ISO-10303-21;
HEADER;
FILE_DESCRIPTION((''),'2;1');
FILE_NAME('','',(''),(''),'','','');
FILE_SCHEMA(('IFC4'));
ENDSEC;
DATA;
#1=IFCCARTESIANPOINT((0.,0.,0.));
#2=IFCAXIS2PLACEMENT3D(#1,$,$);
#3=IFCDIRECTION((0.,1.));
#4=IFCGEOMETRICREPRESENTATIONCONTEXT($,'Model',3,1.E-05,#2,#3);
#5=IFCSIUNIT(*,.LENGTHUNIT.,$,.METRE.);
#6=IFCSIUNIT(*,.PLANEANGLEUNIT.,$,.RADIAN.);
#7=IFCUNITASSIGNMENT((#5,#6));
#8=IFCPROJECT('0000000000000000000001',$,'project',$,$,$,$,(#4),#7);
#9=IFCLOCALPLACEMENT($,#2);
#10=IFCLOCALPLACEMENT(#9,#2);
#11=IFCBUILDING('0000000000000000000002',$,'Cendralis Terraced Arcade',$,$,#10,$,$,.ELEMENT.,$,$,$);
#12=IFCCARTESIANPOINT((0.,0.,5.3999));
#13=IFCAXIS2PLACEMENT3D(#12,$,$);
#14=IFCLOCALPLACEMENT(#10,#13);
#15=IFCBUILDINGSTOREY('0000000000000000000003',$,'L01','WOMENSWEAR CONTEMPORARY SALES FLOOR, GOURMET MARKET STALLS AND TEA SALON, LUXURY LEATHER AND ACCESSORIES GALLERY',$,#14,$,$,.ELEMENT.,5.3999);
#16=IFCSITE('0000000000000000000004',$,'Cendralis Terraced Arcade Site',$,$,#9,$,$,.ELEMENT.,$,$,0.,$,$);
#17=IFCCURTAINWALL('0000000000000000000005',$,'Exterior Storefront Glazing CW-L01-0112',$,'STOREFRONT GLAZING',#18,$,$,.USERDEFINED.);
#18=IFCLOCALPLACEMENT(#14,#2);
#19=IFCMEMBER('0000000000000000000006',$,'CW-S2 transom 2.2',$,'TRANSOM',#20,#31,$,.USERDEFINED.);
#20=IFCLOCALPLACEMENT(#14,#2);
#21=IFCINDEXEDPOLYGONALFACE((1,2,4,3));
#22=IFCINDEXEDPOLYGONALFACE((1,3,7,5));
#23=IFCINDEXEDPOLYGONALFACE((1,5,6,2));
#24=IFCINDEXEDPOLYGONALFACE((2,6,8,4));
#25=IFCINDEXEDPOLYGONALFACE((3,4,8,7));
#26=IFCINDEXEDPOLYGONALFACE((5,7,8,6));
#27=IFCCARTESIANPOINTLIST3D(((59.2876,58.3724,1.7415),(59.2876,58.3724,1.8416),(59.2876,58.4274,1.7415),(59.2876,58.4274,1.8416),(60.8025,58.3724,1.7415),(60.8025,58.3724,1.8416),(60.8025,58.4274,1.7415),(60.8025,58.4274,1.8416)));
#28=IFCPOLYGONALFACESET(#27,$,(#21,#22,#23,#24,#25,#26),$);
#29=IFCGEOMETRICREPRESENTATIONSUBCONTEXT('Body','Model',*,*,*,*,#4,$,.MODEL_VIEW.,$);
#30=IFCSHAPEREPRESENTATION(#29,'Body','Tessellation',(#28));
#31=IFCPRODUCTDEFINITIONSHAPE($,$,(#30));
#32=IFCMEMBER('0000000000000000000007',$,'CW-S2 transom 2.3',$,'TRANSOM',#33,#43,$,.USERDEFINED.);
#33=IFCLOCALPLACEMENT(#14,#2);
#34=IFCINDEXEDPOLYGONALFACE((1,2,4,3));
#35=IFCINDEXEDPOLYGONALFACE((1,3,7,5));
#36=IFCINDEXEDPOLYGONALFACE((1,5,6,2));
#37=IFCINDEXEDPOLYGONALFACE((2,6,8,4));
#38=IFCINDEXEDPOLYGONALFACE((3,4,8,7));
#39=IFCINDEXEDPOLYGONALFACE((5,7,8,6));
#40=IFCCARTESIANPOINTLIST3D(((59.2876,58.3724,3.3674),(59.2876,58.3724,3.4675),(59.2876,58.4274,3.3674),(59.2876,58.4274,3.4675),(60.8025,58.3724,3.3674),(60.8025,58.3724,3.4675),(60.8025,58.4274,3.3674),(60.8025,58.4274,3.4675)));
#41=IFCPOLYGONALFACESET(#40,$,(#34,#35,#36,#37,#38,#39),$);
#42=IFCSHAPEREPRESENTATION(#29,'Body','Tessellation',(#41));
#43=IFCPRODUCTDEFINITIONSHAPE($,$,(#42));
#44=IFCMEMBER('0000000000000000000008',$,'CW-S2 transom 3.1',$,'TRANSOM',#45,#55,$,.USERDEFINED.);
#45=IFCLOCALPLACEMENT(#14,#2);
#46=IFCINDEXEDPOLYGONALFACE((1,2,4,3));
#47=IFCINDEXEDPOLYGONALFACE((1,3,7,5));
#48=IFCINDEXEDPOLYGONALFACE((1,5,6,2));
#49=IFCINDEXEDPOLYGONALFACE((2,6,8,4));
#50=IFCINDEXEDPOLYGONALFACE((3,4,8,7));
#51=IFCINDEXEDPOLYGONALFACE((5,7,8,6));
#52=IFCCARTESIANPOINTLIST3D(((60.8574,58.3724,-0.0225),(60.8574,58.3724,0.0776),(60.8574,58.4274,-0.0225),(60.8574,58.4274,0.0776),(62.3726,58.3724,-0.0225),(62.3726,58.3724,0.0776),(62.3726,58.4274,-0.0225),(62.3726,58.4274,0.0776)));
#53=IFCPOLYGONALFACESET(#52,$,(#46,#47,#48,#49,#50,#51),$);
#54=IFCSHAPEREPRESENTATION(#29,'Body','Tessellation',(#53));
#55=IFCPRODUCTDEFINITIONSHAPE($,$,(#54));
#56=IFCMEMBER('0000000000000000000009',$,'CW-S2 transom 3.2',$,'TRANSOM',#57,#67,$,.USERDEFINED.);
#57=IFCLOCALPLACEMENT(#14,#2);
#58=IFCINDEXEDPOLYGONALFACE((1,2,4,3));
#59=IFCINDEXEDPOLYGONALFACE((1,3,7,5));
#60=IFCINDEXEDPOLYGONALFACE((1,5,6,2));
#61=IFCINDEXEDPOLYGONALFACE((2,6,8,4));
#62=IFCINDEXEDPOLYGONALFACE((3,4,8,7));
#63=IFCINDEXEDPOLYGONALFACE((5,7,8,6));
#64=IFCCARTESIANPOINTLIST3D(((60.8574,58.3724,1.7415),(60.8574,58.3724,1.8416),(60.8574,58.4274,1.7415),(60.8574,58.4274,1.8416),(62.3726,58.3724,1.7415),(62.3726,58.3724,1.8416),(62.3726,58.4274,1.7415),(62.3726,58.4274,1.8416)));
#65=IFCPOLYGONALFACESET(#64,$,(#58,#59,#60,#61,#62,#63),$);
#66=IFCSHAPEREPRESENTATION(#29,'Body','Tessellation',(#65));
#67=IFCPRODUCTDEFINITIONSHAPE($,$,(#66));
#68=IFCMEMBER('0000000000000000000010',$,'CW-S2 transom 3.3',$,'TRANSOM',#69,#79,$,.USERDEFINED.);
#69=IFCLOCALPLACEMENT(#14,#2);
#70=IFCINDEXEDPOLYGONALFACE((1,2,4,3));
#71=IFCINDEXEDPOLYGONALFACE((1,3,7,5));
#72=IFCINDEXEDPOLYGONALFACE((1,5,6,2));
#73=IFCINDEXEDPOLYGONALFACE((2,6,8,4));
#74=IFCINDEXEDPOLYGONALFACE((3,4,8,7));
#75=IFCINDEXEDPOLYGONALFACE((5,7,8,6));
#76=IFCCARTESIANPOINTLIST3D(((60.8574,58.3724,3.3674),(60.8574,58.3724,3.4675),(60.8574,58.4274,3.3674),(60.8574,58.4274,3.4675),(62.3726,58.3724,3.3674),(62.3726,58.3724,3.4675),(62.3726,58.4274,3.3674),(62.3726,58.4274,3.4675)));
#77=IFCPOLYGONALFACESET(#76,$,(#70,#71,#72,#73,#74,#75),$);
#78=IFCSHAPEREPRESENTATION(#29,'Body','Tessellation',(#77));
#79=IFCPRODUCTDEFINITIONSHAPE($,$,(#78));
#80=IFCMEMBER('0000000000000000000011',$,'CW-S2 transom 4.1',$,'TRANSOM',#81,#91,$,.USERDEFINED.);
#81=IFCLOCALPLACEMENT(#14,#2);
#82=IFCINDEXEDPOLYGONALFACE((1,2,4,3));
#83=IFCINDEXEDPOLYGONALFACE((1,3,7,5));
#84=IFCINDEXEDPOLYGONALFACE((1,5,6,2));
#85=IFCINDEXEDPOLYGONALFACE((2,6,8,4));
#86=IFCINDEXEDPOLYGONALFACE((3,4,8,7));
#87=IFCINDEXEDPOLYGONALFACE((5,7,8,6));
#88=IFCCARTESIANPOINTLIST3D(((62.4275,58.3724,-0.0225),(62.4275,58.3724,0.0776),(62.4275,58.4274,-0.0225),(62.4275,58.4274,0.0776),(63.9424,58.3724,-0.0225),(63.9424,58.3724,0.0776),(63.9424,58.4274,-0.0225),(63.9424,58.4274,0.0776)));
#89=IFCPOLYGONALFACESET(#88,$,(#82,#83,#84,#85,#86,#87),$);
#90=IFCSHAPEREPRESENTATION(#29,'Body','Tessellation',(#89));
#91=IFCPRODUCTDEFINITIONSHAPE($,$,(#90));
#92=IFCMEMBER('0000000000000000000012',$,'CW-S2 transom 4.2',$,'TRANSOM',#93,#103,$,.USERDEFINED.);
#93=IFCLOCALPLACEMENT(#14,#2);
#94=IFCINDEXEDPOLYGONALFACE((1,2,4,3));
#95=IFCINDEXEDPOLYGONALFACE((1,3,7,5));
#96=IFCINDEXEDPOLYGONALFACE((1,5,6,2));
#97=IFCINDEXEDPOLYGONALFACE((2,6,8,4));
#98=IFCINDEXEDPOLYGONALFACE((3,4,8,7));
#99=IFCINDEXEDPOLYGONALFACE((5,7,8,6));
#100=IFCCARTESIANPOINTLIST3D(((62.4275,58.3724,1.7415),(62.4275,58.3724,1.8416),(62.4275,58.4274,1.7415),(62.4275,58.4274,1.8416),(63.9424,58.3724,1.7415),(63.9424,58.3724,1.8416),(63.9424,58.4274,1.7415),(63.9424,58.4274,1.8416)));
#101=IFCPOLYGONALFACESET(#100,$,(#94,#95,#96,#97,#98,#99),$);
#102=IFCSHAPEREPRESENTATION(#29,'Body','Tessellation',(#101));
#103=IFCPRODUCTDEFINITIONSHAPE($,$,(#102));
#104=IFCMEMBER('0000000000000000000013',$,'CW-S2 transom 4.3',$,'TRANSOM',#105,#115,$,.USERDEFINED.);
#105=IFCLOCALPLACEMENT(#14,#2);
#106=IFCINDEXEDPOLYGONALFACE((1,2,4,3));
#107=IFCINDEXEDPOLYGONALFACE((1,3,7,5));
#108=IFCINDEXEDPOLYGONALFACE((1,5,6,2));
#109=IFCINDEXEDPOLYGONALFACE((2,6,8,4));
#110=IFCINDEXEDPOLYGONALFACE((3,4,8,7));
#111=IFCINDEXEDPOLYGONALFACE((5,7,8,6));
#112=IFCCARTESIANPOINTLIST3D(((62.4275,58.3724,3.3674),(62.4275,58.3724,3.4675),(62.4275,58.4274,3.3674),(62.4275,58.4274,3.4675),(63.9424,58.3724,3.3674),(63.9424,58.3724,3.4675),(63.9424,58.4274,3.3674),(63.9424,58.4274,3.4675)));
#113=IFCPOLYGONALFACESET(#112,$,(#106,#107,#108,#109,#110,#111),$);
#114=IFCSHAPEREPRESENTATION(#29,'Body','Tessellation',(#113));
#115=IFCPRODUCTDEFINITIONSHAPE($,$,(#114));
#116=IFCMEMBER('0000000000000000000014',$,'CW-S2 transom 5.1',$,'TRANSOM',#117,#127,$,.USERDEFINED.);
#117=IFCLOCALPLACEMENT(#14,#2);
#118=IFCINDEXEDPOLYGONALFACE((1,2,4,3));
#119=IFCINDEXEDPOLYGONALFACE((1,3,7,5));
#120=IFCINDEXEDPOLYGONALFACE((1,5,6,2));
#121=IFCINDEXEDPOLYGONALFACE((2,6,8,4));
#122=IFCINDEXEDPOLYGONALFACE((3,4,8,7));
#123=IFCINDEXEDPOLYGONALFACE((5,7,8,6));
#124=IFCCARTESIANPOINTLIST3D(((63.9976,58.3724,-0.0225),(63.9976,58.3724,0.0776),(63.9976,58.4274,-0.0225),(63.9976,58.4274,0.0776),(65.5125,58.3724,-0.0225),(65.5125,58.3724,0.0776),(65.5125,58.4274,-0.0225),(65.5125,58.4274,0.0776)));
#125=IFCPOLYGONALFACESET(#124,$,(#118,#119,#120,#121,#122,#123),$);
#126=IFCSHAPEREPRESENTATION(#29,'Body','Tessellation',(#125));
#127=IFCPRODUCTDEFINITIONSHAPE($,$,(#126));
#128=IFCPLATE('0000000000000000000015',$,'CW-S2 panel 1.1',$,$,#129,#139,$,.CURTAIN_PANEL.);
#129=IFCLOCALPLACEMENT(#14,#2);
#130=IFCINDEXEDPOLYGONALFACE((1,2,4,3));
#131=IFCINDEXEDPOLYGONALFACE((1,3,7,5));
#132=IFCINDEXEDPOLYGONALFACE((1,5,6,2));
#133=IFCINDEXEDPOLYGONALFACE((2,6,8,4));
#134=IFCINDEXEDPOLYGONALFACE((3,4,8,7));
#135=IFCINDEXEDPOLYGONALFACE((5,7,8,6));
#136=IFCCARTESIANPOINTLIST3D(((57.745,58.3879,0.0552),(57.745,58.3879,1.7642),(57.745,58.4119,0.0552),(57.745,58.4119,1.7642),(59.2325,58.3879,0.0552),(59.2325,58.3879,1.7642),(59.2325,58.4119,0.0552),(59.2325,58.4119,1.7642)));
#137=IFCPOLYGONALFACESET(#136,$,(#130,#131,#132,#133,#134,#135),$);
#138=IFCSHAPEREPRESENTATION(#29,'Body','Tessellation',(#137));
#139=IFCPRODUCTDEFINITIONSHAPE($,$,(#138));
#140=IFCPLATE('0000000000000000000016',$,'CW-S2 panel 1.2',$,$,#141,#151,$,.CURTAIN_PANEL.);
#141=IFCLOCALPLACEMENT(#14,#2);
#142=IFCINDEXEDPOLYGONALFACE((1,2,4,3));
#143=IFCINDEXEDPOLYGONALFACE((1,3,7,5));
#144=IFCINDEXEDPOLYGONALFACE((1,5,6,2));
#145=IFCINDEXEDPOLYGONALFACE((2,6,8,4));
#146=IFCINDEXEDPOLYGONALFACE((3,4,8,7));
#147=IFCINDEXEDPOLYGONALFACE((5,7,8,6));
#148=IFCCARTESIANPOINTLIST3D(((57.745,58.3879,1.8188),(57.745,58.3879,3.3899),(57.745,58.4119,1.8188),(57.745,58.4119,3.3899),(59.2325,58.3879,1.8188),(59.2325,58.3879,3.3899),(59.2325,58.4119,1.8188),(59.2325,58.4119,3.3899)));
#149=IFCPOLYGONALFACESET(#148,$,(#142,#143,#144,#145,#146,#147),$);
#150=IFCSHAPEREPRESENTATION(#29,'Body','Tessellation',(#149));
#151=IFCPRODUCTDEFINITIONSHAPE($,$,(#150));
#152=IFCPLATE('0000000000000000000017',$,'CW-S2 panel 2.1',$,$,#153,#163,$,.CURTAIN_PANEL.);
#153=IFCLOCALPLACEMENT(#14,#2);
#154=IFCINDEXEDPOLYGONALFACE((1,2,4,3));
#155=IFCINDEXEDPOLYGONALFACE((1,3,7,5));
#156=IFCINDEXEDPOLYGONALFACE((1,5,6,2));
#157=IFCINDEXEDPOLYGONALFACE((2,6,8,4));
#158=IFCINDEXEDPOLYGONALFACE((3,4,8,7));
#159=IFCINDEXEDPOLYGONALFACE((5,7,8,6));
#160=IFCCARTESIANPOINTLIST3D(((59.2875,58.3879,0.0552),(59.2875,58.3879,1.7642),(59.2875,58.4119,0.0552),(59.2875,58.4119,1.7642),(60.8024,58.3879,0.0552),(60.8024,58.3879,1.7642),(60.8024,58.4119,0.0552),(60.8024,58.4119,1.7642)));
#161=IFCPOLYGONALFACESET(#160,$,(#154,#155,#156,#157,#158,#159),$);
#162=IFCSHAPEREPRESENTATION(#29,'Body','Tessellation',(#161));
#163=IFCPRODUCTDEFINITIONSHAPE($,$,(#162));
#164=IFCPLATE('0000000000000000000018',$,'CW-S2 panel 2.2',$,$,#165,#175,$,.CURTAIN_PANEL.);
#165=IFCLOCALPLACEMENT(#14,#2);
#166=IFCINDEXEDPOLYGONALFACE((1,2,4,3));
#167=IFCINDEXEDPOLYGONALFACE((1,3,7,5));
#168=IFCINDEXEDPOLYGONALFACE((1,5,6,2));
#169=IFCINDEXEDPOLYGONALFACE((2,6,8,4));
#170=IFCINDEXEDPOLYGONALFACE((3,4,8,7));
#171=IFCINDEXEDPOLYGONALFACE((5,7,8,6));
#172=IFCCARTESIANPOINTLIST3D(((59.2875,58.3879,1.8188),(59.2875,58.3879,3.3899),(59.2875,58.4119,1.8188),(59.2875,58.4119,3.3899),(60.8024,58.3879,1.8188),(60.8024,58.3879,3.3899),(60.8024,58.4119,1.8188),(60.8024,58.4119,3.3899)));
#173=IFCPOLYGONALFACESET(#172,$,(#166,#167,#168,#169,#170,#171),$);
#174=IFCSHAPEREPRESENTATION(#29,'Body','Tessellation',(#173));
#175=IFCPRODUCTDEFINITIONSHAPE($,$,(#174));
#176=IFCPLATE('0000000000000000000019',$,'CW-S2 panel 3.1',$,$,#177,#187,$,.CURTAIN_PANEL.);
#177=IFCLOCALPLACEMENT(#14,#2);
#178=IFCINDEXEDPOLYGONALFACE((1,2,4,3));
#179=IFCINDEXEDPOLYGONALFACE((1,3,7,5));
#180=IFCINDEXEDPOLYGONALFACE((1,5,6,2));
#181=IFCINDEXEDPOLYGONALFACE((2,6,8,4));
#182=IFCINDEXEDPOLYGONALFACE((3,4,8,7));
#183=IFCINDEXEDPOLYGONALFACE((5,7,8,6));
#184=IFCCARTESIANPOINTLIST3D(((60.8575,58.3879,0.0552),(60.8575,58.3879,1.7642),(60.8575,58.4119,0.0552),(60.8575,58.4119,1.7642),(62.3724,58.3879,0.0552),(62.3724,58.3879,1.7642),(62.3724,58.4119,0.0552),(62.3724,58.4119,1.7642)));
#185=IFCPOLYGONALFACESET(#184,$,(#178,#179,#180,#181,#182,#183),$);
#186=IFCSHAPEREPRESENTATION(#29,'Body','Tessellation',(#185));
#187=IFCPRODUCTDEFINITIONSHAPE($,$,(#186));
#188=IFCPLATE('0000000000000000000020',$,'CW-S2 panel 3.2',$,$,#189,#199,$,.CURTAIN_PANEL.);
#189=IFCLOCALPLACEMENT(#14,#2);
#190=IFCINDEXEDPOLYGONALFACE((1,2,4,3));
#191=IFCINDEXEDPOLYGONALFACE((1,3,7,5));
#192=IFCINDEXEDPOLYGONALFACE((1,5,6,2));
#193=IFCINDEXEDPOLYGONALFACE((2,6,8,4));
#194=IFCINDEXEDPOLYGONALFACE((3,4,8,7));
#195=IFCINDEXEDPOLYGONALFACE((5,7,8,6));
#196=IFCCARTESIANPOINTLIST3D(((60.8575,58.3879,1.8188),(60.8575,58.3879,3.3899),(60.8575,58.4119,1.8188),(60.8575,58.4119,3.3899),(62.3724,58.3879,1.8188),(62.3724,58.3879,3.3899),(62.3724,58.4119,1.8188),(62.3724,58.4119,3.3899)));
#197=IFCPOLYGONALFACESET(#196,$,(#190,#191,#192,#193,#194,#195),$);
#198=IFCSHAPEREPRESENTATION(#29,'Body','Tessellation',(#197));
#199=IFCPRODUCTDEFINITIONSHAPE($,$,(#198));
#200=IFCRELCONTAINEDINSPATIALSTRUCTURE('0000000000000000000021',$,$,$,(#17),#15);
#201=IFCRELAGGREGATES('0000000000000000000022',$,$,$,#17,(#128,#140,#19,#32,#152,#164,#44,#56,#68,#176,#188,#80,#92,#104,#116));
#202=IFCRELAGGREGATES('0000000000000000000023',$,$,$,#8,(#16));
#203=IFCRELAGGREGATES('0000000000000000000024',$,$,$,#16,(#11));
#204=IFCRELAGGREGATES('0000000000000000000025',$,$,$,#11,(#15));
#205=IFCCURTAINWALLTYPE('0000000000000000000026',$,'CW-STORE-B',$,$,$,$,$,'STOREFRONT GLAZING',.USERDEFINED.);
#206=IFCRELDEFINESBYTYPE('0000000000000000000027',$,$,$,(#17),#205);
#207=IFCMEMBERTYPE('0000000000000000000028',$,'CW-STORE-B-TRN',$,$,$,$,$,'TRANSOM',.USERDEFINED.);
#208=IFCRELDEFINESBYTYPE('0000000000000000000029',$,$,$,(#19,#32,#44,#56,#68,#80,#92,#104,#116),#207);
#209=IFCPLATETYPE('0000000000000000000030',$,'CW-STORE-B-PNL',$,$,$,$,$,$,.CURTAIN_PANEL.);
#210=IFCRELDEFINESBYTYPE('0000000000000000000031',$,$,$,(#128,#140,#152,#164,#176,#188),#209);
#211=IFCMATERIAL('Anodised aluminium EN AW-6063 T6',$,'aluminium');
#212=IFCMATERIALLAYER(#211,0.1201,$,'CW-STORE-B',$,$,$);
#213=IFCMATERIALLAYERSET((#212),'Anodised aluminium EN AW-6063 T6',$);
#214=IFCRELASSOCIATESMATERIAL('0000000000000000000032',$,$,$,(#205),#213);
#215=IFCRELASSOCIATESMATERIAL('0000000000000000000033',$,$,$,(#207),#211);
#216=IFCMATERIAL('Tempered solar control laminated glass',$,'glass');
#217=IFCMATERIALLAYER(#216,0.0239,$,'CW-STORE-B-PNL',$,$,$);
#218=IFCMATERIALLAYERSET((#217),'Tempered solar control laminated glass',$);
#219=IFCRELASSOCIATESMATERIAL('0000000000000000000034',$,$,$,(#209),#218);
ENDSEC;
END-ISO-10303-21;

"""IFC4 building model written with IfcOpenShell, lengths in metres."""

from ifc_helpers import new_model, si_unit, direction, frame, origin, origin_2d, place, context, subcontext, project, spatial, rectangle, extrude, material, layer, layer_set, material_profile, profile_set, type_object, element, aggregate, save


model = new_model("IFC4")

# Units and contexts
model_context = context("Model", 3, precision=1e-05, world=origin(), true_north=direction((0.0, 1.0)))
body_context = subcontext(model_context, "Body", "Model", "MODEL_VIEW")
ifc_project = project(units=[si_unit("LENGTHUNIT", "METRE"), si_unit("PLANEANGLEUNIT", "RADIAN")], contexts=[model_context])

# Site, building, storey
site_placement = place(None, origin())
site = spatial("IfcSite", under=ifc_project, at=site_placement, Name="Cendralis Terraced Arcade Site", CompositionType="ELEMENT", RefElevation=0.0)
building_placement = place(site_placement, origin())
building = spatial("IfcBuilding", under=site, at=building_placement, Name="Cendralis Terraced Arcade", CompositionType="ELEMENT")
storey_placement = place(building_placement, frame((0.0, 0.0, 5.3999)))
storey = spatial("IfcBuildingStorey", under=building, at=storey_placement, Name="L01", Description="WOMENSWEAR CONTEMPORARY SALES FLOOR, GOURMET MARKET STALLS AND TEA SALON, LUXURY LEATHER AND ACCESSORIES GALLERY", CompositionType="ELEMENT", Elevation=5.3999)

# Curtain wall, members, plates
ifc_material_1 = material(Name="Anodised aluminium EN AW-6063 T6", Category="aluminium")
ifc_layer_1 = layer(ifc_material_1, 0.1201, Name="CW-STORE-B")
ifc_layer_set_1 = layer_set([ifc_layer_1], Name="Anodised aluminium EN AW-6063 T6")
curtain_wall_type = type_object("IfcCurtainWallType", Name="CW-STORE-B", ElementType="STOREFRONT GLAZING", PredefinedType="USERDEFINED", material=ifc_layer_set_1)
curtain_wall_placement = place(storey_placement, origin())
curtain_wall = element("IfcCurtainWall", 1, at=curtain_wall_placement, inside=storey, type_object=curtain_wall_type, Name="Exterior Storefront Glazing CW-L01-0112", ObjectType="STOREFRONT GLAZING", PredefinedType="USERDEFINED")
ifc_material_profile_1 = material_profile(ifc_material_1, rectangle(XDim=0.0549, YDim=0.1001, at=origin_2d()), Name="ALU-TRN-55x100")
ifc_profile_set_1 = profile_set([ifc_material_profile_1], Name="Anodised aluminium EN AW-6063 T6")
member_type_1 = type_object("IfcMemberType", Name="CW-STORE-B-TRN", ElementType="TRANSOM", PredefinedType="USERDEFINED", material=ifc_profile_set_1)
member_1_placement = place(storey_placement, frame((59.2876, 58.3999, 1.7915), z_axis=(1.0, 0.0, 0.0), x_axis=(0.0, 1.0, 0.0)))
member_1 = element("IfcMember", 2, at=member_1_placement, type_object=member_type_1, Name="CW-S2 transom 2.2", ObjectType="TRANSOM", PredefinedType="USERDEFINED", context=body_context, shape_type="SweptSolid", body=[
    extrude(rectangle(XDim=0.0549, YDim=0.1001, at=origin_2d()), origin(), (0.0, 0.0, 1.0), 1.5149),
])
member_2_placement = place(storey_placement, frame((59.2876, 58.3999, 3.4175), z_axis=(1.0, 0.0, 0.0), x_axis=(0.0, 1.0, 0.0)))
member_2 = element("IfcMember", 3, at=member_2_placement, type_object=member_type_1, Name="CW-S2 transom 2.3", ObjectType="TRANSOM", PredefinedType="USERDEFINED", context=body_context, shape_type="SweptSolid", body=[
    extrude(rectangle(XDim=0.0549, YDim=0.1001, at=origin_2d()), origin(), (0.0, 0.0, 1.0), 1.5149),
])
member_3_placement = place(storey_placement, frame((60.8574, 58.3999, 0.0276), z_axis=(1.0, 0.0, 0.0), x_axis=(0.0, 1.0, 0.0)))
member_3 = element("IfcMember", 4, at=member_3_placement, type_object=member_type_1, Name="CW-S2 transom 3.1", ObjectType="TRANSOM", PredefinedType="USERDEFINED", context=body_context, shape_type="SweptSolid", body=[
    extrude(rectangle(XDim=0.0549, YDim=0.1001, at=origin_2d()), origin(), (0.0, 0.0, 1.0), 1.5151),
])
member_4_placement = place(storey_placement, frame((60.8574, 58.3999, 1.7915), z_axis=(1.0, 0.0, 0.0), x_axis=(0.0, 1.0, 0.0)))
member_4 = element("IfcMember", 5, at=member_4_placement, type_object=member_type_1, Name="CW-S2 transom 3.2", ObjectType="TRANSOM", PredefinedType="USERDEFINED", context=body_context, shape_type="SweptSolid", body=[
    extrude(rectangle(XDim=0.0549, YDim=0.1001, at=origin_2d()), origin(), (0.0, 0.0, 1.0), 1.5151),
])
member_5_placement = place(storey_placement, frame((60.8574, 58.3999, 3.4175), z_axis=(1.0, 0.0, 0.0), x_axis=(0.0, 1.0, 0.0)))
member_5 = element("IfcMember", 6, at=member_5_placement, type_object=member_type_1, Name="CW-S2 transom 3.3", ObjectType="TRANSOM", PredefinedType="USERDEFINED", context=body_context, shape_type="SweptSolid", body=[
    extrude(rectangle(XDim=0.0549, YDim=0.1001, at=origin_2d()), origin(), (0.0, 0.0, 1.0), 1.5151),
])
member_6_placement = place(storey_placement, frame((62.4275, 58.3999, 0.0276), z_axis=(1.0, 0.0, 0.0), x_axis=(0.0, 1.0, 0.0)))
member_6 = element("IfcMember", 7, at=member_6_placement, type_object=member_type_1, Name="CW-S2 transom 4.1", ObjectType="TRANSOM", PredefinedType="USERDEFINED", context=body_context, shape_type="SweptSolid", body=[
    extrude(rectangle(XDim=0.0549, YDim=0.1001, at=origin_2d()), origin(), (0.0, 0.0, 1.0), 1.5149),
])
member_7_placement = place(storey_placement, frame((62.4275, 58.3999, 1.7915), z_axis=(1.0, 0.0, 0.0), x_axis=(0.0, 1.0, 0.0)))
member_7 = element("IfcMember", 8, at=member_7_placement, type_object=member_type_1, Name="CW-S2 transom 4.2", ObjectType="TRANSOM", PredefinedType="USERDEFINED", context=body_context, shape_type="SweptSolid", body=[
    extrude(rectangle(XDim=0.0549, YDim=0.1001, at=origin_2d()), origin(), (0.0, 0.0, 1.0), 1.5149),
])
member_8_placement = place(storey_placement, frame((62.4275, 58.3999, 3.4175), z_axis=(1.0, 0.0, 0.0), x_axis=(0.0, 1.0, 0.0)))
member_8 = element("IfcMember", 9, at=member_8_placement, type_object=member_type_1, Name="CW-S2 transom 4.3", ObjectType="TRANSOM", PredefinedType="USERDEFINED", context=body_context, shape_type="SweptSolid", body=[
    extrude(rectangle(XDim=0.0549, YDim=0.1001, at=origin_2d()), origin(), (0.0, 0.0, 1.0), 1.5149),
])
member_9_placement = place(storey_placement, frame((63.9976, 58.3999, 0.0276), z_axis=(1.0, 0.0, 0.0), x_axis=(0.0, 1.0, 0.0)))
member_9 = element("IfcMember", 10, at=member_9_placement, type_object=member_type_1, Name="CW-S2 transom 5.1", ObjectType="TRANSOM", PredefinedType="USERDEFINED", context=body_context, shape_type="SweptSolid", body=[
    extrude(rectangle(XDim=0.0549, YDim=0.1001, at=origin_2d()), origin(), (0.0, 0.0, 1.0), 1.5149),
])
ifc_material_2 = material(Name="Tempered solar control laminated glass", Category="glass")
ifc_layer_2 = layer(ifc_material_2, 0.0239, Name="CW-STORE-B-PNL")
ifc_layer_set_2 = layer_set([ifc_layer_2], Name="Tempered solar control laminated glass")
plate_type = type_object("IfcPlateType", Name="CW-STORE-B-PNL", PredefinedType="CURTAIN_PANEL", material=ifc_layer_set_2)
plate_1_placement = place(storey_placement, frame((58.4888, 58.3999, 0.0552), z_axis=(0.0, 0.0, 1.0), x_axis=(1.0, 0.0, 0.0)))
plate_1 = element("IfcPlate", 11, at=plate_1_placement, type_object=plate_type, Name="CW-S2 panel 1.1", PredefinedType="CURTAIN_PANEL", context=body_context, shape_type="SweptSolid", body=[
    extrude(rectangle(XDim=1.4875, YDim=0.0239, at=origin_2d()), origin(), (0.0, 0.0, 1.0), 1.709),
])
plate_2_placement = place(storey_placement, frame((58.4888, 58.3999, 1.8188), z_axis=(0.0, 0.0, 1.0), x_axis=(1.0, 0.0, 0.0)))
plate_2 = element("IfcPlate", 12, at=plate_2_placement, type_object=plate_type, Name="CW-S2 panel 1.2", PredefinedType="CURTAIN_PANEL", context=body_context, shape_type="SweptSolid", body=[
    extrude(rectangle(XDim=1.4875, YDim=0.0239, at=origin_2d()), origin(), (0.0, 0.0, 1.0), 1.571),
])
plate_3_placement = place(storey_placement, frame((60.0449, 58.3999, 0.0552), z_axis=(0.0, 0.0, 1.0), x_axis=(1.0, 0.0, 0.0)))
plate_3 = element("IfcPlate", 13, at=plate_3_placement, type_object=plate_type, Name="CW-S2 panel 2.1", PredefinedType="CURTAIN_PANEL", context=body_context, shape_type="SweptSolid", body=[
    extrude(rectangle(XDim=1.5149, YDim=0.0239, at=origin_2d()), origin(), (0.0, 0.0, 1.0), 1.709),
])
plate_4_placement = place(storey_placement, frame((60.0449, 58.3999, 1.8188), z_axis=(0.0, 0.0, 1.0), x_axis=(1.0, 0.0, 0.0)))
plate_4 = element("IfcPlate", 14, at=plate_4_placement, type_object=plate_type, Name="CW-S2 panel 2.2", PredefinedType="CURTAIN_PANEL", context=body_context, shape_type="SweptSolid", body=[
    extrude(rectangle(XDim=1.5149, YDim=0.0239, at=origin_2d()), origin(), (0.0, 0.0, 1.0), 1.571),
])
plate_5_placement = place(storey_placement, frame((61.615, 58.3999, 0.0552), z_axis=(0.0, 0.0, 1.0), x_axis=(1.0, 0.0, 0.0)))
plate_5 = element("IfcPlate", 15, at=plate_5_placement, type_object=plate_type, Name="CW-S2 panel 3.1", PredefinedType="CURTAIN_PANEL", context=body_context, shape_type="SweptSolid", body=[
    extrude(rectangle(XDim=1.5149, YDim=0.0239, at=origin_2d()), origin(), (0.0, 0.0, 1.0), 1.709),
])
plate_6_placement = place(storey_placement, frame((61.615, 58.3999, 1.8188), z_axis=(0.0, 0.0, 1.0), x_axis=(1.0, 0.0, 0.0)))
plate_6 = element("IfcPlate", 16, at=plate_6_placement, type_object=plate_type, Name="CW-S2 panel 3.2", PredefinedType="CURTAIN_PANEL", context=body_context, shape_type="SweptSolid", body=[
    extrude(rectangle(XDim=1.5149, YDim=0.0239, at=origin_2d()), origin(), (0.0, 0.0, 1.0), 1.571),
])
aggregate(curtain_wall, [plate_1, plate_2, member_1, member_2, plate_3, plate_4, member_3, member_4, member_5, plate_5, plate_6, member_6, member_7, member_8, member_9])

save(model, "model.ifc")
